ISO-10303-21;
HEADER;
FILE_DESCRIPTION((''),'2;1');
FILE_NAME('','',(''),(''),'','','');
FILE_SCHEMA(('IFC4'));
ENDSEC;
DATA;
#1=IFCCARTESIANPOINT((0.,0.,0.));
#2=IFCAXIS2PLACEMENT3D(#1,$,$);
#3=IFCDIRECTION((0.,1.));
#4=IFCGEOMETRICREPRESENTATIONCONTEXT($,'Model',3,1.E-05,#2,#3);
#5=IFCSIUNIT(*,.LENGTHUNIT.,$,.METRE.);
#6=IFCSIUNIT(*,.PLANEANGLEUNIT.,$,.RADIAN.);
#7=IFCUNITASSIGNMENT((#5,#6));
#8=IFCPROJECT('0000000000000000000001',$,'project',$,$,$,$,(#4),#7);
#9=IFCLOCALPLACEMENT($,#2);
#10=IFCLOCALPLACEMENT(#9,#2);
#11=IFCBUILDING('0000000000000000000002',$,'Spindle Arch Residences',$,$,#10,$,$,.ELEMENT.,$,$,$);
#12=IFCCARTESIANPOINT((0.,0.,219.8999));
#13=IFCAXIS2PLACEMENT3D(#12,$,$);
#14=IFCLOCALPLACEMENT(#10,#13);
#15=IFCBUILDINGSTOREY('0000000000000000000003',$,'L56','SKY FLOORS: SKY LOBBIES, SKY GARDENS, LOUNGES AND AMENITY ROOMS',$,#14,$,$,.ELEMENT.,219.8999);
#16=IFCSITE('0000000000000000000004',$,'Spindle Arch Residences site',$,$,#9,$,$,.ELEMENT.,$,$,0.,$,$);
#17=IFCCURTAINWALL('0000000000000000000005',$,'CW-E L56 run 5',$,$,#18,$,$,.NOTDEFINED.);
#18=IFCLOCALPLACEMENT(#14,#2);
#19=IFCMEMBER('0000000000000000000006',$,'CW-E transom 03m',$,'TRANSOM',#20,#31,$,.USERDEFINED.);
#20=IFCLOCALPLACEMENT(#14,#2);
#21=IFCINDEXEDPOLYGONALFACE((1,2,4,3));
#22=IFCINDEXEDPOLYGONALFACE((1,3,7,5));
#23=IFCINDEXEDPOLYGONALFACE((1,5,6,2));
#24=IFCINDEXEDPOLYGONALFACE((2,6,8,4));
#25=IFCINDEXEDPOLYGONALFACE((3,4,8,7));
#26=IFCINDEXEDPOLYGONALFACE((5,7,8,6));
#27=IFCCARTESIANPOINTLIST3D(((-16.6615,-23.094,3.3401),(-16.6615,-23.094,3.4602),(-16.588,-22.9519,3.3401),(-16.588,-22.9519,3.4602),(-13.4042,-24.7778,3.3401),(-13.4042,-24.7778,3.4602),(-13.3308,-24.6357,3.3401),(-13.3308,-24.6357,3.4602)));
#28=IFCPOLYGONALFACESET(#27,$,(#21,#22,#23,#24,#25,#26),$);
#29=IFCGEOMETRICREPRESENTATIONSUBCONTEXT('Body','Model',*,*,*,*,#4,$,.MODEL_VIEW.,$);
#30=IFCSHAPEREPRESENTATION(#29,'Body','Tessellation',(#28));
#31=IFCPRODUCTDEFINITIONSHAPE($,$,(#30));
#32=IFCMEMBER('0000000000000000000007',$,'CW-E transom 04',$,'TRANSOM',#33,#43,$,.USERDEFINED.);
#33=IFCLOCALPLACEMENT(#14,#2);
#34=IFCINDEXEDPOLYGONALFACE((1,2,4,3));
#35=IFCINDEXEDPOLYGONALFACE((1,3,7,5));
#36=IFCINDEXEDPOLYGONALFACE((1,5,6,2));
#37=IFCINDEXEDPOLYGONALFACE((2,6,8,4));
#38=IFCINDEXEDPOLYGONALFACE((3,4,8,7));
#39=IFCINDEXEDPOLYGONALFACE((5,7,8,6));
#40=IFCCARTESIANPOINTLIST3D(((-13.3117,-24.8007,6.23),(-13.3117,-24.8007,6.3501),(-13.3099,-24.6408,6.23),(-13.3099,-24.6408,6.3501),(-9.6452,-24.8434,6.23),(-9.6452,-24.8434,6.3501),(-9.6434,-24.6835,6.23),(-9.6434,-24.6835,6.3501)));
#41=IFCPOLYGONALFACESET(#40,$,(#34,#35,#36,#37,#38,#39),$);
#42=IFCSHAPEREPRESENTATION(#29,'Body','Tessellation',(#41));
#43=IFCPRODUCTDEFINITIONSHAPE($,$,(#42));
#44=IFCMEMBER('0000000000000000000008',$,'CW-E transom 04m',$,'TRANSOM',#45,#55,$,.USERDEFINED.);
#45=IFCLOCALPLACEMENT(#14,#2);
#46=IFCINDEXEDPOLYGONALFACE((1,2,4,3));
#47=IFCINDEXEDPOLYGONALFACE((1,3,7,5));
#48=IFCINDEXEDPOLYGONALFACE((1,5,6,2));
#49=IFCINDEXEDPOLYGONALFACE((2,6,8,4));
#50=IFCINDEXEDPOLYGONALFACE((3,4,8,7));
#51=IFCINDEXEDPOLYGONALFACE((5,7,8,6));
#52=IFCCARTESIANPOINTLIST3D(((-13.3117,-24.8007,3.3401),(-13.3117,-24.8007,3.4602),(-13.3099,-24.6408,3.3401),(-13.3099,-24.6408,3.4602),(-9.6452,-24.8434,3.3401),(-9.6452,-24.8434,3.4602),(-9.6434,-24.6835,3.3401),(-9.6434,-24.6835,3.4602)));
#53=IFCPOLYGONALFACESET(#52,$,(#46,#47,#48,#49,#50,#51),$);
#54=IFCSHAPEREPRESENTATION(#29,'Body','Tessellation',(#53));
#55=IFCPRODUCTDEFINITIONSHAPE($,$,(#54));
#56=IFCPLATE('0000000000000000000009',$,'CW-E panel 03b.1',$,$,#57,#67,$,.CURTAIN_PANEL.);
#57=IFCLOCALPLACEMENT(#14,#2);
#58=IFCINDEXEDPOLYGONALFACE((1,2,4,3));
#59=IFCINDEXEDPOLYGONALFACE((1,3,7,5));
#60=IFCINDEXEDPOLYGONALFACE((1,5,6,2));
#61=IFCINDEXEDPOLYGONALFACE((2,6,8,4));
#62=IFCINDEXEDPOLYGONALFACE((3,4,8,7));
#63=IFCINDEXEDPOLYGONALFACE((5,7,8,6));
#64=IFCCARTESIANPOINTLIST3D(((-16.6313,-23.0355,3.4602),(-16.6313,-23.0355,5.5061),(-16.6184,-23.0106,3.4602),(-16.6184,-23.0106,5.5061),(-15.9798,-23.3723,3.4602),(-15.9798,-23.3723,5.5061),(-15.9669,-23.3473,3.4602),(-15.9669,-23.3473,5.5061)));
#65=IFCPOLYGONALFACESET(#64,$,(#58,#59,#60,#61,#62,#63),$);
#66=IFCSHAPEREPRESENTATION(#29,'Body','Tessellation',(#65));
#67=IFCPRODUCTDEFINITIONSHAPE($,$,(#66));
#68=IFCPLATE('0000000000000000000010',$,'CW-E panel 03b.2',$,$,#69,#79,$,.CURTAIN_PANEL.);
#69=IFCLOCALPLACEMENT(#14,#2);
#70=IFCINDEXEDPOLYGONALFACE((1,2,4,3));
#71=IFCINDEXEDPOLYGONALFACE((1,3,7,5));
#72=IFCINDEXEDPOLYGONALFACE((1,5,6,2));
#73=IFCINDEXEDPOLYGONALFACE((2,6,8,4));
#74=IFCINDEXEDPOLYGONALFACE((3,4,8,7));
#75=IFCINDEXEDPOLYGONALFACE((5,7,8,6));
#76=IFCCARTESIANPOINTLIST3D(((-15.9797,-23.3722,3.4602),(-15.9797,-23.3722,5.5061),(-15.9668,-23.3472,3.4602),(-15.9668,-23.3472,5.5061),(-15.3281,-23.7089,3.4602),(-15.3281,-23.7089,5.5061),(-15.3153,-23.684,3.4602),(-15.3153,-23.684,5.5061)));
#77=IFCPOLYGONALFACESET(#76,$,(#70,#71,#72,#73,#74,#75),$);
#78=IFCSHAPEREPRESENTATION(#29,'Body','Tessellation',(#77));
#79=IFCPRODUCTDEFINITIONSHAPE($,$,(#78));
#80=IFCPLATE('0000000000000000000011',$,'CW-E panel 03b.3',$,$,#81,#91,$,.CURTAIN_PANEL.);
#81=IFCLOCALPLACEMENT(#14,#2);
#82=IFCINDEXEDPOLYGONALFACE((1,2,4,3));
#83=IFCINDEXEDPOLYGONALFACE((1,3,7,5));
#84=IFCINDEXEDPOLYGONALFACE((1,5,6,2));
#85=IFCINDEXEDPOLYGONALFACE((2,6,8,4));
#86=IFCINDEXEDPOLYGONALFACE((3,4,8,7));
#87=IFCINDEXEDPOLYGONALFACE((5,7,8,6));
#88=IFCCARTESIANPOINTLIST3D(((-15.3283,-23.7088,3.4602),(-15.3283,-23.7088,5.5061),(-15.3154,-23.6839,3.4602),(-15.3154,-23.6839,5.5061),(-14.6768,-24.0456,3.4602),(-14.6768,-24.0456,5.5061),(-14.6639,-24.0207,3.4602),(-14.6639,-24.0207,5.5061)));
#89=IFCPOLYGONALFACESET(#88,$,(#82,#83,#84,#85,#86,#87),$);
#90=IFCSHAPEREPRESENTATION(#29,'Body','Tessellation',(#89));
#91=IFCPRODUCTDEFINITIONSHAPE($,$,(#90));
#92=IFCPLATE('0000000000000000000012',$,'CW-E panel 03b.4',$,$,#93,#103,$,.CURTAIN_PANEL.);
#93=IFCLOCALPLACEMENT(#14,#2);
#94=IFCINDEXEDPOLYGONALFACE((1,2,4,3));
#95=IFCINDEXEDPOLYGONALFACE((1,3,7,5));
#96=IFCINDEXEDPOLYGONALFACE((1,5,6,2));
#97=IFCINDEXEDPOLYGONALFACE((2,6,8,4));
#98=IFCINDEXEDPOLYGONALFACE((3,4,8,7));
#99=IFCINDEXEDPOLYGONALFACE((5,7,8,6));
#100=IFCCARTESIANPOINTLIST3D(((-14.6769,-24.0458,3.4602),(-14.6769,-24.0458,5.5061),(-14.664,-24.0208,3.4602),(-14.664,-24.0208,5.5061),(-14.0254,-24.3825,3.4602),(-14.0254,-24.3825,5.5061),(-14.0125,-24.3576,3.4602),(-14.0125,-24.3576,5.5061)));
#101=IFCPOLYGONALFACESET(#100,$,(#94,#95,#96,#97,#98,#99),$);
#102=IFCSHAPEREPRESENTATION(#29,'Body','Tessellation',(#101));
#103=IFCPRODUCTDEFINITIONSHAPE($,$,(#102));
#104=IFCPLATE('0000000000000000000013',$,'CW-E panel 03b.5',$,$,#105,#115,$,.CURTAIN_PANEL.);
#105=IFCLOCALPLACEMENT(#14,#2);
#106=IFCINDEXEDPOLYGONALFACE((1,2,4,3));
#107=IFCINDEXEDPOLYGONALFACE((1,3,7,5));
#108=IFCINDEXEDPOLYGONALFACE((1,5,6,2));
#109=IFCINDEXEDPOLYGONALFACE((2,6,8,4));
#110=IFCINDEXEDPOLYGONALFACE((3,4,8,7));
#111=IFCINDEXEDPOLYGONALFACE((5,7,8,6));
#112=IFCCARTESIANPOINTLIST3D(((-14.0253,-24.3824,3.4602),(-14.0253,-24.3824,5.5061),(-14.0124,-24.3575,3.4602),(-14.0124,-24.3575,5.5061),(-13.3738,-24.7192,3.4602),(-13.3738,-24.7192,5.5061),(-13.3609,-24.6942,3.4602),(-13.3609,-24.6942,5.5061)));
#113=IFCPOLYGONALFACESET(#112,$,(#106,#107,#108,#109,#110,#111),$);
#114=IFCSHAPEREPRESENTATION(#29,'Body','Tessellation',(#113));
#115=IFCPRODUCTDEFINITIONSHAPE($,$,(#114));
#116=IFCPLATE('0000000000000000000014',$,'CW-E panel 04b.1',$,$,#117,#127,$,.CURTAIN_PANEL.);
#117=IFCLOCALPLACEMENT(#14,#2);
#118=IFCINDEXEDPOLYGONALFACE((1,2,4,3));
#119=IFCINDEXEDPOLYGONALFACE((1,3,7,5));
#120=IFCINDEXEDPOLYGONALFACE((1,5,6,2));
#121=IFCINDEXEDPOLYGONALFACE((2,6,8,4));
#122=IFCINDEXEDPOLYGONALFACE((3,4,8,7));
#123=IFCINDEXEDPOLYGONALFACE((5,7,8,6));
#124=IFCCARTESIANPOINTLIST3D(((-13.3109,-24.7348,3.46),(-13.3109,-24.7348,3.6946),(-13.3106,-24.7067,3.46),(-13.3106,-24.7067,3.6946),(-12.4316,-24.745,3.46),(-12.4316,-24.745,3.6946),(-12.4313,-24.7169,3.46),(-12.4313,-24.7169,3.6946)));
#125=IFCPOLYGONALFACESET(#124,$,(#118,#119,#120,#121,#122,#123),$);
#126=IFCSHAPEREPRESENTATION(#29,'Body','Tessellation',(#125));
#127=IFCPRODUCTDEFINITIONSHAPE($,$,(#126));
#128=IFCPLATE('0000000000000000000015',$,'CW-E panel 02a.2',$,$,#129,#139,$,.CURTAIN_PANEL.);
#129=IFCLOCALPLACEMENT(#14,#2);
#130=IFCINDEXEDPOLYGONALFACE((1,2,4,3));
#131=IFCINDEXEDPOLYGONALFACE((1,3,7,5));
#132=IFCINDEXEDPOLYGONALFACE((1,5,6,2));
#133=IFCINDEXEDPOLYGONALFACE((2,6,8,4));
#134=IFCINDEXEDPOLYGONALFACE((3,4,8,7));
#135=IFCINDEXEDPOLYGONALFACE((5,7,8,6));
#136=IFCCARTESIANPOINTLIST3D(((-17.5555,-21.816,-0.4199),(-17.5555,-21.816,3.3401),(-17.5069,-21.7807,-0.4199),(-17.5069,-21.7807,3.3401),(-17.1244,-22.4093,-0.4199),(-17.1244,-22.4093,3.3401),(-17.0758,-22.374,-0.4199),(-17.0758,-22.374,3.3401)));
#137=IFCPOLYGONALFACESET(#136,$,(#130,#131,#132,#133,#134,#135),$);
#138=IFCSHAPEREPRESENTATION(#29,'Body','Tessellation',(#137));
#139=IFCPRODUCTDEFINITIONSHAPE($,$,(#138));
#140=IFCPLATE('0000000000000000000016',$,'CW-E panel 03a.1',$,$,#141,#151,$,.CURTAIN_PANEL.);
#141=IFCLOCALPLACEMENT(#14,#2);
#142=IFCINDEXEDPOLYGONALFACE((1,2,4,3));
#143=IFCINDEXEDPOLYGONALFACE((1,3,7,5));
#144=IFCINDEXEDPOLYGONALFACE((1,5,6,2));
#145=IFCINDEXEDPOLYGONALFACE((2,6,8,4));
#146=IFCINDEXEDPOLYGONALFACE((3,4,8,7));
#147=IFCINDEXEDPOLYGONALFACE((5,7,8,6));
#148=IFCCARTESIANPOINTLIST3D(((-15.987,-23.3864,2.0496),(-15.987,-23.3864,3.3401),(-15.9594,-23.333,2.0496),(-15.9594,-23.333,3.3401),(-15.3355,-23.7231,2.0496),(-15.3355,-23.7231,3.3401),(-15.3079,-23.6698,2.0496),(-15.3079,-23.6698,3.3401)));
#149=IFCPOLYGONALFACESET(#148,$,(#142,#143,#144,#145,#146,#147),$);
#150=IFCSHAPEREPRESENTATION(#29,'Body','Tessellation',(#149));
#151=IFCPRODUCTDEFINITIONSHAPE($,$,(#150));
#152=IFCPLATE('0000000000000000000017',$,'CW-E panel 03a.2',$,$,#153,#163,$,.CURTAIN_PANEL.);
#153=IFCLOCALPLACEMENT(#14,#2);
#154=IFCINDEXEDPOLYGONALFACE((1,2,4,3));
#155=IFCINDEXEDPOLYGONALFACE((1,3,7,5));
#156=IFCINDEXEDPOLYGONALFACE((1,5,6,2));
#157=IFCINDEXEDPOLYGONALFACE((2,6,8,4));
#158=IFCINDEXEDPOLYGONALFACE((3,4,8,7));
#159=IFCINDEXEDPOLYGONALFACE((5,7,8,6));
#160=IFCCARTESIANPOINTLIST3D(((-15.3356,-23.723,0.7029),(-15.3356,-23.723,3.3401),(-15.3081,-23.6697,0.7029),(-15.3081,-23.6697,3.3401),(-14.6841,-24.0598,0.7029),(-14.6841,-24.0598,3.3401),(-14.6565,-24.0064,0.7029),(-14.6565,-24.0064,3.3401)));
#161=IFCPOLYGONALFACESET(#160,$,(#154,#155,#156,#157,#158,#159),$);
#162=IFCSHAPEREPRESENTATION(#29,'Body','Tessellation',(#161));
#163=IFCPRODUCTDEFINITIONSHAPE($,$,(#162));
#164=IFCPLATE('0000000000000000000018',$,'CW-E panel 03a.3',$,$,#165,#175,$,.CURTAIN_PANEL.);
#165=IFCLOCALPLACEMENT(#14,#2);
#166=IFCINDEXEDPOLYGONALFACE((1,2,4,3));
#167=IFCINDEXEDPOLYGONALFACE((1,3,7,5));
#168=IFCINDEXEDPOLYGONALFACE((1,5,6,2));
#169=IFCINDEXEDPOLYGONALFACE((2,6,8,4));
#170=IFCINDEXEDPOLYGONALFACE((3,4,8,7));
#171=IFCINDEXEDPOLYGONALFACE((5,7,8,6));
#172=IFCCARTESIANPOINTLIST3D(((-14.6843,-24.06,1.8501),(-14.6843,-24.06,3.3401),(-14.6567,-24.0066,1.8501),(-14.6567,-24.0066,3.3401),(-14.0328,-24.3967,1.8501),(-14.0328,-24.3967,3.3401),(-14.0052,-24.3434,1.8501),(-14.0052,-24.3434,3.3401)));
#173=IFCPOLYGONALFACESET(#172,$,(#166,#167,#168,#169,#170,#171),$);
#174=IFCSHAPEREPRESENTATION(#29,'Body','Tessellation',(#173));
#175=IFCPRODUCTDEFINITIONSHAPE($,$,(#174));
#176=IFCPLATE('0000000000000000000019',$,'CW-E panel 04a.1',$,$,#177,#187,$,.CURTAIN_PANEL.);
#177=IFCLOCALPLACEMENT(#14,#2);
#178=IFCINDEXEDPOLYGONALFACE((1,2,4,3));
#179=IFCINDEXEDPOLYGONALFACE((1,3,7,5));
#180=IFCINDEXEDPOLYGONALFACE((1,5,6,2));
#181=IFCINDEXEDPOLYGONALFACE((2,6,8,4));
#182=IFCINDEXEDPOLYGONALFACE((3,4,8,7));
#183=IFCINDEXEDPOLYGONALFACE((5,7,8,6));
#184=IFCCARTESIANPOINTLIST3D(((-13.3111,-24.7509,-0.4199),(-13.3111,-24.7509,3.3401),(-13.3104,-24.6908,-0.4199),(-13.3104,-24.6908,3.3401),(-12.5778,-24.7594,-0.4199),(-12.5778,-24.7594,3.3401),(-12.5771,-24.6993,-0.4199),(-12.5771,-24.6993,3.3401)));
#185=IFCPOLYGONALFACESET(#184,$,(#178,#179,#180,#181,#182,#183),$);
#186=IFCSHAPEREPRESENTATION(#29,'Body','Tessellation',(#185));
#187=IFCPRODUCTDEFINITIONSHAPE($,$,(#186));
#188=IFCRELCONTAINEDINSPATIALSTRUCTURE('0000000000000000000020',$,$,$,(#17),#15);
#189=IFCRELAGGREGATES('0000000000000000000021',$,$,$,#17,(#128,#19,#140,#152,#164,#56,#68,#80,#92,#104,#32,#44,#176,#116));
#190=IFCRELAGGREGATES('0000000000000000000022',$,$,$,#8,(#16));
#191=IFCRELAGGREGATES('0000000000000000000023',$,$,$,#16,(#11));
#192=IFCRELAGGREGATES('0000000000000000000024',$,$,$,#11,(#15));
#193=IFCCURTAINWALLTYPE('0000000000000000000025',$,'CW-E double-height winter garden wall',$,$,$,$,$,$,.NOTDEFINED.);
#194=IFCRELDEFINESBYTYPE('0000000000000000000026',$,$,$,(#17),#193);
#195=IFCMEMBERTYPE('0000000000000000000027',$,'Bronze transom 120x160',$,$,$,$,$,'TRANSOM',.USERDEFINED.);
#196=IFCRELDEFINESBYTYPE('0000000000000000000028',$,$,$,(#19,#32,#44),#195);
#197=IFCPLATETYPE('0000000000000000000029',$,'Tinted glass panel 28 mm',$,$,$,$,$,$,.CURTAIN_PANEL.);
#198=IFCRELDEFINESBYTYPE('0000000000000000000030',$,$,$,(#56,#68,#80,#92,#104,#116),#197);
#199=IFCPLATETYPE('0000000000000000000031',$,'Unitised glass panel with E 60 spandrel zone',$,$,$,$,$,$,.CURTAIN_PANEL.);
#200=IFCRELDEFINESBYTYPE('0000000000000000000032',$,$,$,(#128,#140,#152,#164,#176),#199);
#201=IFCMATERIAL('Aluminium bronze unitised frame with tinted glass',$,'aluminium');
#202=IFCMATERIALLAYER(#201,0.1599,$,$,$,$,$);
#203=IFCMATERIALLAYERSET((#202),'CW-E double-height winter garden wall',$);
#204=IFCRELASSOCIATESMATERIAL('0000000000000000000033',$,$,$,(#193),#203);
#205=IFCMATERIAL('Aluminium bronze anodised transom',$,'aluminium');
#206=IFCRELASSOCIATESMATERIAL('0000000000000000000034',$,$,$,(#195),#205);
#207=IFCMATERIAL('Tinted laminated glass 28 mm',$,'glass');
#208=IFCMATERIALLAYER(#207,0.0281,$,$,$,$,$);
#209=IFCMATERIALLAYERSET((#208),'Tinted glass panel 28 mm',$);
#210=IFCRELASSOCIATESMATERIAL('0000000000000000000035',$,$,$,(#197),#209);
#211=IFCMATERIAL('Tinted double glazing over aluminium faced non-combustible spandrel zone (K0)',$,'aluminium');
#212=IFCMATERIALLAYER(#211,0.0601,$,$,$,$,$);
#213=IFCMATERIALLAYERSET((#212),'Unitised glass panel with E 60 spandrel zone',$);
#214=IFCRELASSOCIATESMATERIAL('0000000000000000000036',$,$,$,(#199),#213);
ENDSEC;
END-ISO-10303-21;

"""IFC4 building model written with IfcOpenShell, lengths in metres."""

from ifc_helpers import new_model, si_unit, direction, frame, origin, origin_2d, place, context, subcontext, project, spatial, rectangle, extrude, material, layer, layer_set, material_profile, profile_set, type_object, element, aggregate, save


model = new_model("IFC4")

# Units and contexts
model_context = context("Model", 3, precision=1e-05, world=origin(), true_north=direction((0.0, 1.0)))
body_context = subcontext(model_context, "Body", "Model", "MODEL_VIEW")
ifc_project = project(units=[si_unit("LENGTHUNIT", "METRE"), si_unit("PLANEANGLEUNIT", "RADIAN")], contexts=[model_context])

# Site, building, storey
site_placement = place(None, origin())
site = spatial("IfcSite", under=ifc_project, at=site_placement, Name="Spindle Arch Residences site", CompositionType="ELEMENT", RefElevation=0.0)
building_placement = place(site_placement, origin())
building = spatial("IfcBuilding", under=site, at=building_placement, Name="Spindle Arch Residences", CompositionType="ELEMENT")
storey_placement = place(building_placement, frame((0.0, 0.0, 219.8999)))
storey = spatial("IfcBuildingStorey", under=building, at=storey_placement, Name="L56", Description="SKY FLOORS: SKY LOBBIES, SKY GARDENS, LOUNGES AND AMENITY ROOMS", CompositionType="ELEMENT", Elevation=219.8999)

# Curtain wall, members, plates
ifc_material_1 = material(Name="Aluminium bronze unitised frame with tinted glass", Category="aluminium")
ifc_layer_1 = layer(ifc_material_1, 0.1599)
ifc_layer_set_1 = layer_set([ifc_layer_1], Name="CW-E double-height winter garden wall")
curtain_wall_type = type_object("IfcCurtainWallType", Name="CW-E double-height winter garden wall", PredefinedType="NOTDEFINED", material=ifc_layer_set_1)
curtain_wall_placement = place(storey_placement, origin())
curtain_wall = element("IfcCurtainWall", 1, at=curtain_wall_placement, inside=storey, type_object=curtain_wall_type, Name="CW-E L56 run 5", PredefinedType="NOTDEFINED")
ifc_material_2 = material(Name="Aluminium bronze anodised transom", Category="aluminium")
ifc_material_profile_1 = material_profile(ifc_material_2, rectangle(XDim=0.1599, YDim=0.1201, at=origin_2d()), Name="TR 120x160")
ifc_profile_set_1 = profile_set([ifc_material_profile_1], Name="Aluminium bronze anodised transom")
member_type_1 = type_object("IfcMemberType", Name="Bronze transom 120x160", ElementType="TRANSOM", PredefinedType="USERDEFINED", material=ifc_profile_set_1)
member_1_placement = place(storey_placement, frame((-16.6248, -23.0229, 3.4001), z_axis=(0.888327, -0.459211, 0.0), x_axis=(0.459211, 0.888327, 0.0)))
member_1 = element("IfcMember", 2, at=member_1_placement, type_object=member_type_1, Name="CW-E transom 03m", ObjectType="TRANSOM", PredefinedType="USERDEFINED", context=body_context, shape_type="SweptSolid", body=[
    extrude(rectangle(XDim=0.1599, YDim=0.1201, at=origin_2d()), origin(), (0.0, 0.0, 1.0), 3.6667),
])
member_2_placement = place(storey_placement, frame((-13.3108, -24.7207, 6.29), z_axis=(0.999932, -0.011652, 0.0), x_axis=(0.011652, 0.999932, 0.0)))
member_2 = element("IfcMember", 3, at=member_2_placement, type_object=member_type_1, Name="CW-E transom 04", ObjectType="TRANSOM", PredefinedType="USERDEFINED", context=body_context, shape_type="SweptSolid", body=[
    extrude(rectangle(XDim=0.1599, YDim=0.1201, at=origin_2d()), origin(), (0.0, 0.0, 1.0), 3.6667),
])
member_3_placement = place(storey_placement, frame((-13.3108, -24.7207, 3.4001), z_axis=(0.999932, -0.011652, 0.0), x_axis=(0.011652, 0.999932, 0.0)))
member_3 = element("IfcMember", 4, at=member_3_placement, type_object=member_type_1, Name="CW-E transom 04m", ObjectType="TRANSOM", PredefinedType="USERDEFINED", context=body_context, shape_type="SweptSolid", body=[
    extrude(rectangle(XDim=0.1599, YDim=0.1201, at=origin_2d()), origin(), (0.0, 0.0, 1.0), 3.6667),
])
ifc_material_3 = material(Name="Tinted laminated glass 28 mm", Category="glass")
ifc_layer_2 = layer(ifc_material_3, 0.0281)
ifc_layer_set_2 = layer_set([ifc_layer_2], Name="Tinted glass panel 28 mm")
plate_type_1 = type_object("IfcPlateType", Name="Tinted glass panel 28 mm", PredefinedType="CURTAIN_PANEL", material=ifc_layer_set_2)
plate_1_placement = place(storey_placement, frame((-16.2991, -23.1914, 3.4602), z_axis=(0.0, 0.0, 1.0), x_axis=(0.88835, -0.459166, 0.0)))
plate_1 = element("IfcPlate", 5, at=plate_1_placement, type_object=plate_type_1, Name="CW-E panel 03b.1", PredefinedType="CURTAIN_PANEL", context=body_context, shape_type="SweptSolid", body=[
    extrude(rectangle(XDim=0.7334, YDim=0.0281, at=origin_2d()), origin(), (0.0, 0.0, 1.0), 2.0459),
])
plate_2_placement = place(storey_placement, frame((-15.6475, -23.5281, 3.4602), z_axis=(0.0, 0.0, 1.0), x_axis=(0.88835, -0.459166, 0.0)))
plate_2 = element("IfcPlate", 6, at=plate_2_placement, type_object=plate_type_1, Name="CW-E panel 03b.2", PredefinedType="CURTAIN_PANEL", context=body_context, shape_type="SweptSolid", body=[
    extrude(rectangle(XDim=0.7334, YDim=0.0281, at=origin_2d()), origin(), (0.0, 0.0, 1.0), 2.0459),
])
plate_3_placement = place(storey_placement, frame((-14.9961, -23.8647, 3.4602), z_axis=(0.0, 0.0, 1.0), x_axis=(0.88835, -0.459166, 0.0)))
plate_3 = element("IfcPlate", 7, at=plate_3_placement, type_object=plate_type_1, Name="CW-E panel 03b.3", PredefinedType="CURTAIN_PANEL", context=body_context, shape_type="SweptSolid", body=[
    extrude(rectangle(XDim=0.7334, YDim=0.0281, at=origin_2d()), origin(), (0.0, 0.0, 1.0), 2.0459),
])
plate_4_placement = place(storey_placement, frame((-14.3447, -24.2017, 3.4602), z_axis=(0.0, 0.0, 1.0), x_axis=(0.88835, -0.459166, 0.0)))
plate_4 = element("IfcPlate", 8, at=plate_4_placement, type_object=plate_type_1, Name="CW-E panel 03b.4", PredefinedType="CURTAIN_PANEL", context=body_context, shape_type="SweptSolid", body=[
    extrude(rectangle(XDim=0.7334, YDim=0.0281, at=origin_2d()), origin(), (0.0, 0.0, 1.0), 2.0459),
])
plate_5_placement = place(storey_placement, frame((-13.6931, -24.5383, 3.4602), z_axis=(0.0, 0.0, 1.0), x_axis=(0.88835, -0.459166, 0.0)))
plate_5 = element("IfcPlate", 9, at=plate_5_placement, type_object=plate_type_1, Name="CW-E panel 03b.5", PredefinedType="CURTAIN_PANEL", context=body_context, shape_type="SweptSolid", body=[
    extrude(rectangle(XDim=0.7334, YDim=0.0281, at=origin_2d()), origin(), (0.0, 0.0, 1.0), 2.0459),
])
plate_6_placement = place(storey_placement, frame((-12.8711, -24.7258, 3.46), z_axis=(0.0, 0.0, 1.0), x_axis=(0.999932, -0.011635, 0.0)))
plate_6 = element("IfcPlate", 10, at=plate_6_placement, type_object=plate_type_1, Name="CW-E panel 04b.1", PredefinedType="CURTAIN_PANEL", context=body_context, shape_type="SweptSolid", body=[
    extrude(rectangle(XDim=0.8794, YDim=0.0281, at=origin_2d()), origin(), (0.0, 0.0, 1.0), 0.2346),
])
ifc_material_4 = material(Name="Tinted double glazing over aluminium faced non-combustible spandrel zone (K0)", Category="aluminium")
ifc_layer_3 = layer(ifc_material_4, 0.0601)
ifc_layer_set_3 = layer_set([ifc_layer_3], Name="Unitised glass panel with E 60 spandrel zone")
plate_type_2 = type_object("IfcPlateType", Name="Unitised glass panel with E 60 spandrel zone", PredefinedType="CURTAIN_PANEL", material=ifc_layer_set_3)
plate_7_placement = place(storey_placement, frame((-17.3157, -22.095, -0.4199), z_axis=(0.0, 0.0, 1.0), x_axis=(0.587785, -0.809017, 0.0)))
plate_7 = element("IfcPlate", 11, at=plate_7_placement, type_object=plate_type_2, Name="CW-E panel 02a.2", PredefinedType="CURTAIN_PANEL", context=body_context, shape_type="SweptSolid", body=[
    extrude(rectangle(XDim=0.7334, YDim=0.0601, at=origin_2d()), origin(), (0.0, 0.0, 1.0), 3.76),
])
plate_8_placement = place(storey_placement, frame((-15.6475, -23.5281, 2.0496), z_axis=(0.0, 0.0, 1.0), x_axis=(0.88835, -0.459166, 0.0)))
plate_8 = element("IfcPlate", 12, at=plate_8_placement, type_object=plate_type_2, Name="CW-E panel 03a.1", PredefinedType="CURTAIN_PANEL", context=body_context, shape_type="SweptSolid", body=[
    extrude(rectangle(XDim=0.7334, YDim=0.0601, at=origin_2d()), origin(), (0.0, 0.0, 1.0), 1.2905),
])
plate_9_placement = place(storey_placement, frame((-14.9961, -23.8647, 0.7029), z_axis=(0.0, 0.0, 1.0), x_axis=(0.88835, -0.459166, 0.0)))
plate_9 = element("IfcPlate", 13, at=plate_9_placement, type_object=plate_type_2, Name="CW-E panel 03a.2", PredefinedType="CURTAIN_PANEL", context=body_context, shape_type="SweptSolid", body=[
    extrude(rectangle(XDim=0.7334, YDim=0.0601, at=origin_2d()), origin(), (0.0, 0.0, 1.0), 2.6372),
])
plate_10_placement = place(storey_placement, frame((-14.3447, -24.2017, 1.8501), z_axis=(0.0, 0.0, 1.0), x_axis=(0.88835, -0.459166, 0.0)))
plate_10 = element("IfcPlate", 14, at=plate_10_placement, type_object=plate_type_2, Name="CW-E panel 03a.3", PredefinedType="CURTAIN_PANEL", context=body_context, shape_type="SweptSolid", body=[
    extrude(rectangle(XDim=0.7334, YDim=0.0601, at=origin_2d()), origin(), (0.0, 0.0, 1.0), 1.49),
])
plate_11_placement = place(storey_placement, frame((-12.9441, -24.7251, -0.4199), z_axis=(0.0, 0.0, 1.0), x_axis=(0.999932, -0.011635, 0.0)))
plate_11 = element("IfcPlate", 15, at=plate_11_placement, type_object=plate_type_2, Name="CW-E panel 04a.1", PredefinedType="CURTAIN_PANEL", context=body_context, shape_type="SweptSolid", body=[
    extrude(rectangle(XDim=0.7334, YDim=0.0601, at=origin_2d()), origin(), (0.0, 0.0, 1.0), 3.76),
])
aggregate(curtain_wall, [plate_7, member_1, plate_8, plate_9, plate_10, plate_1, plate_2, plate_3, plate_4, plate_5, member_2, member_3, plate_11, plate_6])

save(model, "model.ifc")
